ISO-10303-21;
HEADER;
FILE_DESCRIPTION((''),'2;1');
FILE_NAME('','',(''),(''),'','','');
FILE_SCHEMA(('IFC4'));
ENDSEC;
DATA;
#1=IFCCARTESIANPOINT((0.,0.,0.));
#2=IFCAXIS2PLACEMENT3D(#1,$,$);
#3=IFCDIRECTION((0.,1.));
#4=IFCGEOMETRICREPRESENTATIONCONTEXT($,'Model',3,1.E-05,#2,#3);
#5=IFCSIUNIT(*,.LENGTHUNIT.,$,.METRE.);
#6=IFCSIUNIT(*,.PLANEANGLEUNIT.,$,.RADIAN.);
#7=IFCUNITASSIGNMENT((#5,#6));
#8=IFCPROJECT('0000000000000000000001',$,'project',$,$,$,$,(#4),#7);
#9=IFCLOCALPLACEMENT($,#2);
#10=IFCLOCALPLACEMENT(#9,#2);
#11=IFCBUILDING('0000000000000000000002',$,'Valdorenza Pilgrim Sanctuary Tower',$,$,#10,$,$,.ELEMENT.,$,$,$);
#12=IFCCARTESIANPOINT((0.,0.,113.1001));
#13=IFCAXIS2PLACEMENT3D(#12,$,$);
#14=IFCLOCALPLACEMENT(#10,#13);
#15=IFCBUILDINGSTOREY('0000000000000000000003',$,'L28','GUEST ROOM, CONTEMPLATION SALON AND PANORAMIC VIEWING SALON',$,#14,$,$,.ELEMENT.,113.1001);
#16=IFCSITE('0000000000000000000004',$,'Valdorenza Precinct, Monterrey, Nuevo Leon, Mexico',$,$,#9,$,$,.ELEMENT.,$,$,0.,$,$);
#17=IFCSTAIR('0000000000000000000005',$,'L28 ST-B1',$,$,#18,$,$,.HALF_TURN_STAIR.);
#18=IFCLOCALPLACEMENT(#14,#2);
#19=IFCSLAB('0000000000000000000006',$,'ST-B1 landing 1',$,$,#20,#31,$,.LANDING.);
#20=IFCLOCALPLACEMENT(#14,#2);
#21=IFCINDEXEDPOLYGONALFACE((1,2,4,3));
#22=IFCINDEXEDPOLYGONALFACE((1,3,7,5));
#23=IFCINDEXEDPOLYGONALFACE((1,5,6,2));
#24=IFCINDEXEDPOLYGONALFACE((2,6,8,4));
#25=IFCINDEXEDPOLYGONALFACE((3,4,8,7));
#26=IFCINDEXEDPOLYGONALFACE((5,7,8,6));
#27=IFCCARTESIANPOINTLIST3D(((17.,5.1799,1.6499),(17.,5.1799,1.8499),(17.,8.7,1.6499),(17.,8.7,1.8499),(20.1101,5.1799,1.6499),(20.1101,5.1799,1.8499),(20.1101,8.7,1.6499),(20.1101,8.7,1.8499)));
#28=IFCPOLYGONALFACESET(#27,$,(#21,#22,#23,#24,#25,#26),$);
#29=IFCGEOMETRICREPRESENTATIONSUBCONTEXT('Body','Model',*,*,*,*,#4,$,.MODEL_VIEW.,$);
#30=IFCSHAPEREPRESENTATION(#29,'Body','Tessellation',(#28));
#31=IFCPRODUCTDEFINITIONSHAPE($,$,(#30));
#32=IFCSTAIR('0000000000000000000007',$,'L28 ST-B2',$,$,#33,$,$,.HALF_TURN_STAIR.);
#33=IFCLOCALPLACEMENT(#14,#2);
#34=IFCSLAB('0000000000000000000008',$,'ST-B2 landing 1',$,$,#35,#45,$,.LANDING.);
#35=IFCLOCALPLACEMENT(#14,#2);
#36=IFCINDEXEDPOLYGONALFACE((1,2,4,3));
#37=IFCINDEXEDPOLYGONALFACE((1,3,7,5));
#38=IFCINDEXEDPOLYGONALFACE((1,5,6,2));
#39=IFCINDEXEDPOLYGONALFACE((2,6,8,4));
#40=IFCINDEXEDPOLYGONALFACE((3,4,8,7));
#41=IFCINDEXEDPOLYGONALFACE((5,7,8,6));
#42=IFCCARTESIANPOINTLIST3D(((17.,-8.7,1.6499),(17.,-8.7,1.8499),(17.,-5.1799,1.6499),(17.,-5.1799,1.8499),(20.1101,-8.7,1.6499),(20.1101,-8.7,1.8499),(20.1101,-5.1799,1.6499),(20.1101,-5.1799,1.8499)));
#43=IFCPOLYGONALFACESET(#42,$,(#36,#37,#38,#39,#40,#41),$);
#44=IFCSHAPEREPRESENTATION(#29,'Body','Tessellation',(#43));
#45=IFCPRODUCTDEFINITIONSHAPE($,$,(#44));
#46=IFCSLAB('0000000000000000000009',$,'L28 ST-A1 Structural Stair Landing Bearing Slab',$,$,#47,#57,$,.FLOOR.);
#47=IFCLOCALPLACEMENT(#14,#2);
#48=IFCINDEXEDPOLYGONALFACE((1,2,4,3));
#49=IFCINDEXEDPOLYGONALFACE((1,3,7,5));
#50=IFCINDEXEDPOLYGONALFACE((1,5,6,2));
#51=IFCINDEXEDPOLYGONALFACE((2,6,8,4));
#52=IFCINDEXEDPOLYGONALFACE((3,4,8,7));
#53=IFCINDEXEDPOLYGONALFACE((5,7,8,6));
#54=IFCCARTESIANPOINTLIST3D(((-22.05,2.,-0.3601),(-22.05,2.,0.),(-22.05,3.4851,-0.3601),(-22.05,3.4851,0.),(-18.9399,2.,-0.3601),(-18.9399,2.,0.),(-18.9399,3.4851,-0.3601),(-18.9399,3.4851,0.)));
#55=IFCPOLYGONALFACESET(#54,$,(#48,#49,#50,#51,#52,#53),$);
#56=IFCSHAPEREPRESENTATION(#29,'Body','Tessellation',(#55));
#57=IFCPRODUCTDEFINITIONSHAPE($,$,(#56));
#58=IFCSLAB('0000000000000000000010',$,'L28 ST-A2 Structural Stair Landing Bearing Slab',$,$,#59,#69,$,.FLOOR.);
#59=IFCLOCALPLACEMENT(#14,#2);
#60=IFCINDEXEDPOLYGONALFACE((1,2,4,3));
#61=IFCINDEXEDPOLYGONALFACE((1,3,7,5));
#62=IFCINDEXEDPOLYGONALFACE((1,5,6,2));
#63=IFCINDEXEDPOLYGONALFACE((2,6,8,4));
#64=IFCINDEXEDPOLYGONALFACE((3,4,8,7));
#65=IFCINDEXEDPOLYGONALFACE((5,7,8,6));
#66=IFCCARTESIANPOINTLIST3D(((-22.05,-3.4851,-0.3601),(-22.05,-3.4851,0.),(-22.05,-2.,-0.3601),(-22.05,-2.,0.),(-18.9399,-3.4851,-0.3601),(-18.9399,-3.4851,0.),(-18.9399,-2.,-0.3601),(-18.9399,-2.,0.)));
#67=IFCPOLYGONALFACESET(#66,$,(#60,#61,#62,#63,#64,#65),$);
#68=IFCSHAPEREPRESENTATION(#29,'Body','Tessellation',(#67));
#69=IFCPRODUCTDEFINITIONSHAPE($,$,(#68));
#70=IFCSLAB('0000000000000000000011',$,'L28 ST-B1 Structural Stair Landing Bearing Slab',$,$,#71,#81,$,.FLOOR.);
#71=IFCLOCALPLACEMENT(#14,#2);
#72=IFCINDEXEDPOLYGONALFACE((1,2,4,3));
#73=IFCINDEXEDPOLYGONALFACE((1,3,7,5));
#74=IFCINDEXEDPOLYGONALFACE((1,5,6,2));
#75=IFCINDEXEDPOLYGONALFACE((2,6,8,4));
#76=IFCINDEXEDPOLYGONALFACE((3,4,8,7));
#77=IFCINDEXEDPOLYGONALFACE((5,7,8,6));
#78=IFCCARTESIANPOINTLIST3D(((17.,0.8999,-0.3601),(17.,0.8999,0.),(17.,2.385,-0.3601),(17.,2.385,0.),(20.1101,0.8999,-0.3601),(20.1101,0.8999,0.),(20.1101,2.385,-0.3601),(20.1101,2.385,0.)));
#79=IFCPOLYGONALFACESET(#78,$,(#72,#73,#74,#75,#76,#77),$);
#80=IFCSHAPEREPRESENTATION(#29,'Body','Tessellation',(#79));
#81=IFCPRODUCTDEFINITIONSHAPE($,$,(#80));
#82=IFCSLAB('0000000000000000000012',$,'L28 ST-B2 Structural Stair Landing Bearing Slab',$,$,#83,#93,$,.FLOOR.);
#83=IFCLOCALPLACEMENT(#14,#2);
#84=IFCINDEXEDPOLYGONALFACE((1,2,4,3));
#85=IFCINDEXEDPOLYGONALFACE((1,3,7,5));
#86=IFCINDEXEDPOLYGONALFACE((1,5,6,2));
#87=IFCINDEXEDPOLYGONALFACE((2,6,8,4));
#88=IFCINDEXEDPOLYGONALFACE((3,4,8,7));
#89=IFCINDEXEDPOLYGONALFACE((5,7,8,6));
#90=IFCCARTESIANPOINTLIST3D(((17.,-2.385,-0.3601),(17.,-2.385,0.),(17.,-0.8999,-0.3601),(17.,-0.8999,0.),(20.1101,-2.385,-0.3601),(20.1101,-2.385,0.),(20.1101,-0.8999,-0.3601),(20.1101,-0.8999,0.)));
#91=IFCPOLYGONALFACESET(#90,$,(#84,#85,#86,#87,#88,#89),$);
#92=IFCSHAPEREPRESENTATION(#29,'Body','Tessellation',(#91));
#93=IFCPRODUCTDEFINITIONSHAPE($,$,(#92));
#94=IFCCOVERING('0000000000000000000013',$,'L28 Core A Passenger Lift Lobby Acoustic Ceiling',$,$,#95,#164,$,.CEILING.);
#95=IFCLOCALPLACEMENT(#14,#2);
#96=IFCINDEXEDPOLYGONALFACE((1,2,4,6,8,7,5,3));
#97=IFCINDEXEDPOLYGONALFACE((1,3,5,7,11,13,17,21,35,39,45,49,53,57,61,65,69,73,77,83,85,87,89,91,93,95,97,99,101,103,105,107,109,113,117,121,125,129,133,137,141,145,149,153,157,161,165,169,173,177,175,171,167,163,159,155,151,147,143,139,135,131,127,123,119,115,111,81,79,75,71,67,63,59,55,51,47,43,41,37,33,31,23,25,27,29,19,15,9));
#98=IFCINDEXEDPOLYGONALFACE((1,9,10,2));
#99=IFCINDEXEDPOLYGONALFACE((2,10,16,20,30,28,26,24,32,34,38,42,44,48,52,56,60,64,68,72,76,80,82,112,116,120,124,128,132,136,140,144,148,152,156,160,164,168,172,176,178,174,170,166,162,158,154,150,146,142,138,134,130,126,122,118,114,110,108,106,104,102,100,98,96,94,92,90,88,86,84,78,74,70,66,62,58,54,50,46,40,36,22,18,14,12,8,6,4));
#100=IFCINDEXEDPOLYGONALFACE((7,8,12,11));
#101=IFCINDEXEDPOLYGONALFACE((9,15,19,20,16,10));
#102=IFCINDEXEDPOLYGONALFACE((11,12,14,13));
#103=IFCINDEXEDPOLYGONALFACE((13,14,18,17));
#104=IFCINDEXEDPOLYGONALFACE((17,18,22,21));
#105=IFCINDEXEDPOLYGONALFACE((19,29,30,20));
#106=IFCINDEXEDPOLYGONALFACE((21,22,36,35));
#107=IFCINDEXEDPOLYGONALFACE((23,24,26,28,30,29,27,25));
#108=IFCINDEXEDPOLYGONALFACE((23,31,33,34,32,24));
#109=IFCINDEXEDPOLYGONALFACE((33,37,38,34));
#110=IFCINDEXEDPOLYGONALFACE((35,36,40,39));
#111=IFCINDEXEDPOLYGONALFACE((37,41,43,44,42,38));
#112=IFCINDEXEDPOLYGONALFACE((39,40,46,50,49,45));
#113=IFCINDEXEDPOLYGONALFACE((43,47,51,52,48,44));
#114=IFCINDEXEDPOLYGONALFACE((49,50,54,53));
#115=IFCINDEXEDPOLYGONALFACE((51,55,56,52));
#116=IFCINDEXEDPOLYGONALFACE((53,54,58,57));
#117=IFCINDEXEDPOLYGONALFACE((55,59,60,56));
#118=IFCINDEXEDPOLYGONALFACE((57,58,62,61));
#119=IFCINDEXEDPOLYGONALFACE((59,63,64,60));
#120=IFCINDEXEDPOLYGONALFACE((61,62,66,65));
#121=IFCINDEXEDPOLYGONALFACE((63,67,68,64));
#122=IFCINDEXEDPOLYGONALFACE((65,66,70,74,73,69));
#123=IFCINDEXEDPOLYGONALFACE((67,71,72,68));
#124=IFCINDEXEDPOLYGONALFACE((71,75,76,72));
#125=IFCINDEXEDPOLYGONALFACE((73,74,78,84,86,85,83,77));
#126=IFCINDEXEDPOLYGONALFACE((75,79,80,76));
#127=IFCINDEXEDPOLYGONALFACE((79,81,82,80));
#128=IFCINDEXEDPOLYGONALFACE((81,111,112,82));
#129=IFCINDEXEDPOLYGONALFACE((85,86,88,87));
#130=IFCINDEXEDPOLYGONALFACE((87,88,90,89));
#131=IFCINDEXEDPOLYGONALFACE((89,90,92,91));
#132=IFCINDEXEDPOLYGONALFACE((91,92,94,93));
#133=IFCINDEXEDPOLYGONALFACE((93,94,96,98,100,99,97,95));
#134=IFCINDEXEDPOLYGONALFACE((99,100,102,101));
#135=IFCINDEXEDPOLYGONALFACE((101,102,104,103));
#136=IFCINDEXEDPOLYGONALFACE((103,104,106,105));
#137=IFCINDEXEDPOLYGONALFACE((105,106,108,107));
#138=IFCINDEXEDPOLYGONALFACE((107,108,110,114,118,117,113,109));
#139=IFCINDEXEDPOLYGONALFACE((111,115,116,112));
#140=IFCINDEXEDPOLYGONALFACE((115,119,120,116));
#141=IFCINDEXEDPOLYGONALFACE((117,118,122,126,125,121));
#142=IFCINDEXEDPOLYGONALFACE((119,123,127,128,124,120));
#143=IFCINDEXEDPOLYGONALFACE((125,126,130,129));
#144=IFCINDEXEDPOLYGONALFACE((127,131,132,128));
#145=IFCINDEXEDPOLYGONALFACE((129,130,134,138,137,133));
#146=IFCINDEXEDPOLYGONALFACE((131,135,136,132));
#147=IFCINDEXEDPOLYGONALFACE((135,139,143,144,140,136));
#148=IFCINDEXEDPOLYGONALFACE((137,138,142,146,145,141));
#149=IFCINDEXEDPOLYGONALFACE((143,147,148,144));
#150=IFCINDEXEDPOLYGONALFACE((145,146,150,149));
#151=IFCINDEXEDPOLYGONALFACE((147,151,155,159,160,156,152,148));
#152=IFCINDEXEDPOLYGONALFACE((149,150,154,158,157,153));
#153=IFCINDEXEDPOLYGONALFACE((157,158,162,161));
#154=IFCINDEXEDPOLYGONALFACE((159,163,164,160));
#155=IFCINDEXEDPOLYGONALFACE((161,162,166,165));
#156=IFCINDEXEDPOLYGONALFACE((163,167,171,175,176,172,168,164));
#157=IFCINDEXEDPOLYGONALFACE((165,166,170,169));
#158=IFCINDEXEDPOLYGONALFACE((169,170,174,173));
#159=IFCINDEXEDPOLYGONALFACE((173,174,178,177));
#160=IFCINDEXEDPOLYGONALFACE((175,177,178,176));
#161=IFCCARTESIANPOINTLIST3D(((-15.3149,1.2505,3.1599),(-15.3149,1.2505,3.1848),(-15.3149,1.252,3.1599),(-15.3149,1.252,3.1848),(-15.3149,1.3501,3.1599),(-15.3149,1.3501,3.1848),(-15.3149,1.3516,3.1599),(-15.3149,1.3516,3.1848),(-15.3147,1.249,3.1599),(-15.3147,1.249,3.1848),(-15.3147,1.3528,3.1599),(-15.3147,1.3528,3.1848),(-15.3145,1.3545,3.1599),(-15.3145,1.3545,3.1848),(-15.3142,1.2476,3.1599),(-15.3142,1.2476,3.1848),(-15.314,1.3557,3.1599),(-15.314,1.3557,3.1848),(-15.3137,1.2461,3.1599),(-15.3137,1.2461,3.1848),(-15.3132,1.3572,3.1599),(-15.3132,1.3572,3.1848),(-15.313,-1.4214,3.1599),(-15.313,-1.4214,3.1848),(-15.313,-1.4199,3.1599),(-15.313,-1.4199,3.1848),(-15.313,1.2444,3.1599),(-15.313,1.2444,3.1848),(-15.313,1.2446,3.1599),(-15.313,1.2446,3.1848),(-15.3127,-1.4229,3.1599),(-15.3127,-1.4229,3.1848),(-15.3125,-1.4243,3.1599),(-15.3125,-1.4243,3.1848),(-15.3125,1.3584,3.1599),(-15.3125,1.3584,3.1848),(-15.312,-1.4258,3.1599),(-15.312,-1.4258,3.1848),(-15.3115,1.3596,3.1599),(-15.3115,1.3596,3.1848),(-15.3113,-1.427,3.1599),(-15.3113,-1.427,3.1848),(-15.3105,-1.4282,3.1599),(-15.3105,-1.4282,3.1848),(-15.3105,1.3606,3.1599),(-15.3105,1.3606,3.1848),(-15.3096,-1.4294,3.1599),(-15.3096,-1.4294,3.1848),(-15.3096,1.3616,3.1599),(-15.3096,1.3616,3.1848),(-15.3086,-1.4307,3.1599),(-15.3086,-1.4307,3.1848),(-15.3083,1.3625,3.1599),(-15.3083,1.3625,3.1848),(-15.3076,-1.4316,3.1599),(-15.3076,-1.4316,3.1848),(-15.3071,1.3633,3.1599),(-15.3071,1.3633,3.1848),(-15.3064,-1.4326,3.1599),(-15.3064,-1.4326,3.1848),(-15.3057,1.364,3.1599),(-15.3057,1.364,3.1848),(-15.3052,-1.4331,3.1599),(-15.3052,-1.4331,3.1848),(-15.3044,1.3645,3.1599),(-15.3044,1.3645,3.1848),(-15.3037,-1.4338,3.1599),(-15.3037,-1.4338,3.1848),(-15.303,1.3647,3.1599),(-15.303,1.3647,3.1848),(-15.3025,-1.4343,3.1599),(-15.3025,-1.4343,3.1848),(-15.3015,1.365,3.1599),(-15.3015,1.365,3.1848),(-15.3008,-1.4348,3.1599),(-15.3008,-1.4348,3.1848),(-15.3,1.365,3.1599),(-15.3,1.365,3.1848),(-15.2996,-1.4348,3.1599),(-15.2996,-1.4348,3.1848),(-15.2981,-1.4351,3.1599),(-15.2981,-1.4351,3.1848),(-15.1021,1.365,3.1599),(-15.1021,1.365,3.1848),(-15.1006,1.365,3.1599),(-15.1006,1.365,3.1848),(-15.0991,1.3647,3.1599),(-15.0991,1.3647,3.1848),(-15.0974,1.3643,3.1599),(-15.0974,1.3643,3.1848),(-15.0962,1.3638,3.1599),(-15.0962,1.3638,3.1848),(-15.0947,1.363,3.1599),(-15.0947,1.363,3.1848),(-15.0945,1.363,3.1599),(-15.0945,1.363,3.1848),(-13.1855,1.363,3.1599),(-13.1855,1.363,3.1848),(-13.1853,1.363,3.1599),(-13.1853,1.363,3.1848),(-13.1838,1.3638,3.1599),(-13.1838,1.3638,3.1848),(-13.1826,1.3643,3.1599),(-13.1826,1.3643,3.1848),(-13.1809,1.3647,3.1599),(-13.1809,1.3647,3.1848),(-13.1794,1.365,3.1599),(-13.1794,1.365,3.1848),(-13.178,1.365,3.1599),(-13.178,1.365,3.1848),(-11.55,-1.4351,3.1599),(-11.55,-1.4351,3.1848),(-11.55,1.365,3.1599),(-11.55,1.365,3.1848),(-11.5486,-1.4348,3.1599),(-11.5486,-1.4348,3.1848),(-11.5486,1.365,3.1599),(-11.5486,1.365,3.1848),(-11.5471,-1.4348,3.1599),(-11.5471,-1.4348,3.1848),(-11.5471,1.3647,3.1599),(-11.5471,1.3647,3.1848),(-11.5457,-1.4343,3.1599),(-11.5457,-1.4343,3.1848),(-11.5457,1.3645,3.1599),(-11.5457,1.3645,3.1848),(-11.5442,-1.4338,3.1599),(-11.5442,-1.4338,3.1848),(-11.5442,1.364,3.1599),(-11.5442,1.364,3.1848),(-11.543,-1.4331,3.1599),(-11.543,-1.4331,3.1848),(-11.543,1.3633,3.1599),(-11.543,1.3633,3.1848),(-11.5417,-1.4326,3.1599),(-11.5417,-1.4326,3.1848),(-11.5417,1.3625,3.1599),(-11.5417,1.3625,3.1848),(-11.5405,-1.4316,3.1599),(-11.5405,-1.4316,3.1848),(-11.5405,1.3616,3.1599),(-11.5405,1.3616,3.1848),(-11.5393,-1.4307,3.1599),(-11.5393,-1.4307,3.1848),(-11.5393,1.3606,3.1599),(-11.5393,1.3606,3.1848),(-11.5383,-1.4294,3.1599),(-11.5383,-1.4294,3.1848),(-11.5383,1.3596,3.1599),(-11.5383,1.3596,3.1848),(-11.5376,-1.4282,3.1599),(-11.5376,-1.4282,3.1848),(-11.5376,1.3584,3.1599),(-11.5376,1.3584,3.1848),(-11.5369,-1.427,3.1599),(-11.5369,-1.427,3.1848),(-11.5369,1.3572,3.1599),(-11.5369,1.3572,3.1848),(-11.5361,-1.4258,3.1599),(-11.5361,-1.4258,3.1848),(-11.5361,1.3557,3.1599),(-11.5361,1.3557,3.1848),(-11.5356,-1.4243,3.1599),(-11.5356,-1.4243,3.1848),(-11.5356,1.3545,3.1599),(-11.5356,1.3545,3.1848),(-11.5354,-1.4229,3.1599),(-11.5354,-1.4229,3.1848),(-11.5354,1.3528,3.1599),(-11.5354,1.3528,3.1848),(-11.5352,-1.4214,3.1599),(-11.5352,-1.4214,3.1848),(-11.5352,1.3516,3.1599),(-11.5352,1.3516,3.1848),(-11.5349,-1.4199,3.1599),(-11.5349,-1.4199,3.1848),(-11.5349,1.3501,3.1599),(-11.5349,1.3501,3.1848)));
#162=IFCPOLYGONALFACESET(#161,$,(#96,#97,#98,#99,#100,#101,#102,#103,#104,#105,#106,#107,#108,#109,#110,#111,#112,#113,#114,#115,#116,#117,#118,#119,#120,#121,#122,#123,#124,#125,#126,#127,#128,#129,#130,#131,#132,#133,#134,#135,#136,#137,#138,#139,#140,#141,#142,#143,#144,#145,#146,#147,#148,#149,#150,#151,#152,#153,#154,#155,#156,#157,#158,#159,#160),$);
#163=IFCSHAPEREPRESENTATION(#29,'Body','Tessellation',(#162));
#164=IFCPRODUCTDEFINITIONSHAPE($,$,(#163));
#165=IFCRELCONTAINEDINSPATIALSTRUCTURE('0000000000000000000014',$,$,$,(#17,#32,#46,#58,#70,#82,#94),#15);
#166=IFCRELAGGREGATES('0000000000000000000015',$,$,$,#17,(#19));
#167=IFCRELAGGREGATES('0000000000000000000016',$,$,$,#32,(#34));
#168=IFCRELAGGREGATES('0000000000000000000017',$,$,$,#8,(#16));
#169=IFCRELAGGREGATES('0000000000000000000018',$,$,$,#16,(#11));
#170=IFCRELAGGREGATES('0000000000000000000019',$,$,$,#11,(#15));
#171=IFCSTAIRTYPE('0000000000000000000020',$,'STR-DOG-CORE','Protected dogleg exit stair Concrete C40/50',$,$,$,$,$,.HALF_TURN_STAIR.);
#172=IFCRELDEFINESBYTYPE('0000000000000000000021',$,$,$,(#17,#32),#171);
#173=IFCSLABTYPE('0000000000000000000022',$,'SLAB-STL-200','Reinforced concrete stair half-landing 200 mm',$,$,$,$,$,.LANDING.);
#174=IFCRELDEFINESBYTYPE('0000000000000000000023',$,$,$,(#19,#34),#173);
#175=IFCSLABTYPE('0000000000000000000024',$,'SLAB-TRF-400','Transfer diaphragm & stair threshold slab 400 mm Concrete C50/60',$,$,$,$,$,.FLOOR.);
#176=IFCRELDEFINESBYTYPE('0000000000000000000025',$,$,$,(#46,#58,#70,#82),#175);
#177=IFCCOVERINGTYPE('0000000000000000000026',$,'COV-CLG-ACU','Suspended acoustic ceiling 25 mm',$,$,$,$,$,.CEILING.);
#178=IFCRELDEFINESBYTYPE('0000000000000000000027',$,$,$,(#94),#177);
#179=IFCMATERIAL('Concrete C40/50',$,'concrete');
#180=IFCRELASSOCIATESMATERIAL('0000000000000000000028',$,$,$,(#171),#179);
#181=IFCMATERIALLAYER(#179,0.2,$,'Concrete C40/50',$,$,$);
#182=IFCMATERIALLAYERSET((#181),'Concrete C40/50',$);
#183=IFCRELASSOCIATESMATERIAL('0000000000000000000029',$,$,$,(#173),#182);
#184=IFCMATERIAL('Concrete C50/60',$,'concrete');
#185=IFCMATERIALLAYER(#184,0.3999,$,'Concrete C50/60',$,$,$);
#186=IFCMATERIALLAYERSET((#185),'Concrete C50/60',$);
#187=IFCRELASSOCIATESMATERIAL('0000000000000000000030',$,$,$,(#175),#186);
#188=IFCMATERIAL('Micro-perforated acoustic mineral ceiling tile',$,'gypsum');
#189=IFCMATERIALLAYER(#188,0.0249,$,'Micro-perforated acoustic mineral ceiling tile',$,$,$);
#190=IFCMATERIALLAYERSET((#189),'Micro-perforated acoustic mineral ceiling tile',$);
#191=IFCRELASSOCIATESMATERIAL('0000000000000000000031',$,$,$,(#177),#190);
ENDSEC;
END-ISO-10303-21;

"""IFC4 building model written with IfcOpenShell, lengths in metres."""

from ifc_helpers import new_model, si_unit, direction, frame, origin, place, context, subcontext, project, spatial, polyline, outline, extrude, material, layer, layer_set, type_object, element, aggregate, save


model = new_model("IFC4")

# Units and contexts
model_context = context("Model", 3, precision=1e-05, world=origin(), true_north=direction((0.0, 1.0)))
body_context = subcontext(model_context, "Body", "Model", "MODEL_VIEW")
ifc_project = project(units=[si_unit("LENGTHUNIT", "METRE"), si_unit("PLANEANGLEUNIT", "RADIAN")], contexts=[model_context])

# Site, building, storey
site_placement = place(None, origin())
site = spatial("IfcSite", under=ifc_project, at=site_placement, Name="Valdorenza Precinct, Monterrey, Nuevo Leon, Mexico", CompositionType="ELEMENT", RefElevation=0.0)
building_placement = place(site_placement, origin())
building = spatial("IfcBuilding", under=site, at=building_placement, Name="Valdorenza Pilgrim Sanctuary Tower", CompositionType="ELEMENT")
storey_placement = place(building_placement, frame((0.0, 0.0, 113.1001)))
storey = spatial("IfcBuildingStorey", under=building, at=storey_placement, Name="L28", Description="GUEST ROOM, CONTEMPLATION SALON AND PANORAMIC VIEWING SALON", CompositionType="ELEMENT", Elevation=113.1001)

# Shared definitions
ifc_material_1 = material(Name="Concrete C40/50", Category="concrete")

# Stairs, slabs
stair_type = type_object("IfcStairType", Name="STR-DOG-CORE", Description="Protected dogleg exit stair Concrete C40/50", PredefinedType="HALF_TURN_STAIR", material=ifc_material_1)
ifc_layer_1 = layer(ifc_material_1, 0.2, Name="Concrete C40/50")
ifc_layer_set_1 = layer_set([ifc_layer_1], Name="Concrete C40/50")
slab_type_1 = type_object("IfcSlabType", Name="SLAB-STL-200", Description="Reinforced concrete stair half-landing 200 mm", PredefinedType="LANDING", material=ifc_layer_set_1)
stair_1_placement = place(storey_placement, origin())
stair_1 = element("IfcStair", 1, at=stair_1_placement, inside=storey, type_object=stair_type, Name="L28 ST-B1", PredefinedType="HALF_TURN_STAIR")
slab_1_placement = place(storey_placement, frame((0.0, 0.0, 1.6499)))
slab_1 = element("IfcSlab", 2, at=slab_1_placement, type_object=slab_type_1, Name="ST-B1 landing 1", PredefinedType="LANDING", context=body_context, shape_type="SweptSolid", body=[
    extrude(outline(polyline([(20.1101, 5.1799), (20.1101, 8.7), (17.0, 8.7), (17.0, 5.1799), (20.1101, 5.1799)])), origin(), (0.0, 0.0, 1.0), 0.2),
])
aggregate(stair_1, [slab_1])
stair_2_placement = place(storey_placement, origin())
stair_2 = element("IfcStair", 3, at=stair_2_placement, inside=storey, type_object=stair_type, Name="L28 ST-B2", PredefinedType="HALF_TURN_STAIR")
slab_2_placement = place(storey_placement, frame((0.0, 0.0, 1.6499)))
slab_2 = element("IfcSlab", 4, at=slab_2_placement, type_object=slab_type_1, Name="ST-B2 landing 1", PredefinedType="LANDING", context=body_context, shape_type="SweptSolid", body=[
    extrude(outline(polyline([(17.0, -5.1799), (17.0, -8.7), (20.1101, -8.7), (20.1101, -5.1799), (17.0, -5.1799)])), origin(), (0.0, 0.0, 1.0), 0.2),
])
aggregate(stair_2, [slab_2])

# Slabs
ifc_material_2 = material(Name="Concrete C50/60", Category="concrete")
ifc_layer_2 = layer(ifc_material_2, 0.3999, Name="Concrete C50/60")
ifc_layer_set_2 = layer_set([ifc_layer_2], Name="Concrete C50/60")
slab_type_2 = type_object("IfcSlabType", Name="SLAB-TRF-400", Description="Transfer diaphragm & stair threshold slab 400 mm Concrete C50/60", PredefinedType="FLOOR", material=ifc_layer_set_2)
slab_3_placement = place(storey_placement, frame((0.0, 0.0, -0.3601)))
element("IfcSlab", 5, at=slab_3_placement, inside=storey, type_object=slab_type_2, Name="L28 ST-A1 Structural Stair Landing Bearing Slab", PredefinedType="FLOOR", context=body_context, shape_type="SweptSolid", body=[
    extrude(outline(polyline([(-22.05, 2.0), (-18.9399, 2.0), (-18.9399, 3.4851), (-22.05, 3.4851), (-22.05, 2.0)])), origin(), (0.0, 0.0, 1.0), 0.3601),
])
slab_4_placement = place(storey_placement, frame((0.0, 0.0, -0.3601)))
element("IfcSlab", 6, at=slab_4_placement, inside=storey, type_object=slab_type_2, Name="L28 ST-A2 Structural Stair Landing Bearing Slab", PredefinedType="FLOOR", context=body_context, shape_type="SweptSolid", body=[
    extrude(outline(polyline([(-22.05, -3.4851), (-18.9399, -3.4851), (-18.9399, -2.0), (-22.05, -2.0), (-22.05, -3.4851)])), origin(), (0.0, 0.0, 1.0), 0.3601),
])
slab_5_placement = place(storey_placement, frame((0.0, 0.0, -0.3601)))
element("IfcSlab", 7, at=slab_5_placement, inside=storey, type_object=slab_type_2, Name="L28 ST-B1 Structural Stair Landing Bearing Slab", PredefinedType="FLOOR", context=body_context, shape_type="SweptSolid", body=[
    extrude(outline(polyline([(17.0, 0.8999), (20.1101, 0.8999), (20.1101, 2.385), (17.0, 2.385), (17.0, 0.8999)])), origin(), (0.0, 0.0, 1.0), 0.3601),
])
slab_6_placement = place(storey_placement, frame((0.0, 0.0, -0.3601)))
element("IfcSlab", 8, at=slab_6_placement, inside=storey, type_object=slab_type_2, Name="L28 ST-B2 Structural Stair Landing Bearing Slab", PredefinedType="FLOOR", context=body_context, shape_type="SweptSolid", body=[
    extrude(outline(polyline([(17.0, -2.385), (20.1101, -2.385), (20.1101, -0.8999), (17.0, -0.8999), (17.0, -2.385)])), origin(), (0.0, 0.0, 1.0), 0.3601),
])

# Covering
ifc_material_3 = material(Name="Micro-perforated acoustic mineral ceiling tile", Category="gypsum")
ifc_layer_3 = layer(ifc_material_3, 0.0249, Name="Micro-perforated acoustic mineral ceiling tile")
ifc_layer_set_3 = layer_set([ifc_layer_3], Name="Micro-perforated acoustic mineral ceiling tile")
covering_type_1 = type_object("IfcCoveringType", Name="COV-CLG-ACU", Description="Suspended acoustic ceiling 25 mm", PredefinedType="CEILING", material=ifc_layer_set_3)
covering_1_placement = place(storey_placement, frame((0.0, 0.0, 3.1599)))
element("IfcCovering", 9, at=covering_1_placement, inside=storey, type_object=covering_type_1, Name="L28 Core A Passenger Lift Lobby Acoustic Ceiling", PredefinedType="CEILING", context=body_context, shape_type="SweptSolid", body=[
    extrude(outline(polyline([(-15.313, 1.2444), (-15.313, 1.2446), (-15.3137, 1.2461), (-15.3142, 1.2476), (-15.3147, 1.249), (-15.3149, 1.2505), (-15.3149, 1.252), (-15.3149, 1.3501), (-15.3149, 1.3516), (-15.3147, 1.3528), (-15.3145, 1.3545), (-15.314, 1.3557), (-15.3132, 1.3572), (-15.3125, 1.3584), (-15.3115, 1.3596), (-15.3105, 1.3606), (-15.3096, 1.3616), (-15.3083, 1.3625), (-15.3071, 1.3633), (-15.3057, 1.364), (-15.3044, 1.3645), (-15.303, 1.3647), (-15.3015, 1.365), (-15.3, 1.365), (-15.1021, 1.365), (-15.1006, 1.365), (-15.0991, 1.3647), (-15.0974, 1.3643), (-15.0962, 1.3638), (-15.0947, 1.363), (-15.0945, 1.363), (-13.1855, 1.363), (-13.1853, 1.363), (-13.1838, 1.3638), (-13.1826, 1.3643), (-13.1809, 1.3647), (-13.1794, 1.365), (-13.178, 1.365), (-11.55, 1.365), (-11.5486, 1.365), (-11.5471, 1.3647), (-11.5457, 1.3645), (-11.5442, 1.364), (-11.543, 1.3633), (-11.5417, 1.3625), (-11.5405, 1.3616), (-11.5393, 1.3606), (-11.5383, 1.3596), (-11.5376, 1.3584), (-11.5369, 1.3572), (-11.5361, 1.3557), (-11.5356, 1.3545), (-11.5354, 1.3528), (-11.5352, 1.3516), (-11.5349, 1.3501), (-11.5349, -1.4199), (-11.5352, -1.4214), (-11.5354, -1.4229), (-11.5356, -1.4243), (-11.5361, -1.4258), (-11.5369, -1.427), (-11.5376, -1.4282), (-11.5383, -1.4294), (-11.5393, -1.4307), (-11.5405, -1.4316), (-11.5417, -1.4326), (-11.543, -1.4331), (-11.5442, -1.4338), (-11.5457, -1.4343), (-11.5471, -1.4348), (-11.5486, -1.4348), (-11.55, -1.4351), (-15.2981, -1.4351), (-15.2996, -1.4348), (-15.3008, -1.4348), (-15.3025, -1.4343), (-15.3037, -1.4338), (-15.3052, -1.4331), (-15.3064, -1.4326), (-15.3076, -1.4316), (-15.3086, -1.4307), (-15.3096, -1.4294), (-15.3105, -1.4282), (-15.3113, -1.427), (-15.312, -1.4258), (-15.3125, -1.4243), (-15.3127, -1.4229), (-15.313, -1.4214), (-15.313, -1.4199), (-15.313, 1.2444)])), origin(), (0.0, 0.0, 1.0), 0.0249),
])

save(model, "model.ifc")
